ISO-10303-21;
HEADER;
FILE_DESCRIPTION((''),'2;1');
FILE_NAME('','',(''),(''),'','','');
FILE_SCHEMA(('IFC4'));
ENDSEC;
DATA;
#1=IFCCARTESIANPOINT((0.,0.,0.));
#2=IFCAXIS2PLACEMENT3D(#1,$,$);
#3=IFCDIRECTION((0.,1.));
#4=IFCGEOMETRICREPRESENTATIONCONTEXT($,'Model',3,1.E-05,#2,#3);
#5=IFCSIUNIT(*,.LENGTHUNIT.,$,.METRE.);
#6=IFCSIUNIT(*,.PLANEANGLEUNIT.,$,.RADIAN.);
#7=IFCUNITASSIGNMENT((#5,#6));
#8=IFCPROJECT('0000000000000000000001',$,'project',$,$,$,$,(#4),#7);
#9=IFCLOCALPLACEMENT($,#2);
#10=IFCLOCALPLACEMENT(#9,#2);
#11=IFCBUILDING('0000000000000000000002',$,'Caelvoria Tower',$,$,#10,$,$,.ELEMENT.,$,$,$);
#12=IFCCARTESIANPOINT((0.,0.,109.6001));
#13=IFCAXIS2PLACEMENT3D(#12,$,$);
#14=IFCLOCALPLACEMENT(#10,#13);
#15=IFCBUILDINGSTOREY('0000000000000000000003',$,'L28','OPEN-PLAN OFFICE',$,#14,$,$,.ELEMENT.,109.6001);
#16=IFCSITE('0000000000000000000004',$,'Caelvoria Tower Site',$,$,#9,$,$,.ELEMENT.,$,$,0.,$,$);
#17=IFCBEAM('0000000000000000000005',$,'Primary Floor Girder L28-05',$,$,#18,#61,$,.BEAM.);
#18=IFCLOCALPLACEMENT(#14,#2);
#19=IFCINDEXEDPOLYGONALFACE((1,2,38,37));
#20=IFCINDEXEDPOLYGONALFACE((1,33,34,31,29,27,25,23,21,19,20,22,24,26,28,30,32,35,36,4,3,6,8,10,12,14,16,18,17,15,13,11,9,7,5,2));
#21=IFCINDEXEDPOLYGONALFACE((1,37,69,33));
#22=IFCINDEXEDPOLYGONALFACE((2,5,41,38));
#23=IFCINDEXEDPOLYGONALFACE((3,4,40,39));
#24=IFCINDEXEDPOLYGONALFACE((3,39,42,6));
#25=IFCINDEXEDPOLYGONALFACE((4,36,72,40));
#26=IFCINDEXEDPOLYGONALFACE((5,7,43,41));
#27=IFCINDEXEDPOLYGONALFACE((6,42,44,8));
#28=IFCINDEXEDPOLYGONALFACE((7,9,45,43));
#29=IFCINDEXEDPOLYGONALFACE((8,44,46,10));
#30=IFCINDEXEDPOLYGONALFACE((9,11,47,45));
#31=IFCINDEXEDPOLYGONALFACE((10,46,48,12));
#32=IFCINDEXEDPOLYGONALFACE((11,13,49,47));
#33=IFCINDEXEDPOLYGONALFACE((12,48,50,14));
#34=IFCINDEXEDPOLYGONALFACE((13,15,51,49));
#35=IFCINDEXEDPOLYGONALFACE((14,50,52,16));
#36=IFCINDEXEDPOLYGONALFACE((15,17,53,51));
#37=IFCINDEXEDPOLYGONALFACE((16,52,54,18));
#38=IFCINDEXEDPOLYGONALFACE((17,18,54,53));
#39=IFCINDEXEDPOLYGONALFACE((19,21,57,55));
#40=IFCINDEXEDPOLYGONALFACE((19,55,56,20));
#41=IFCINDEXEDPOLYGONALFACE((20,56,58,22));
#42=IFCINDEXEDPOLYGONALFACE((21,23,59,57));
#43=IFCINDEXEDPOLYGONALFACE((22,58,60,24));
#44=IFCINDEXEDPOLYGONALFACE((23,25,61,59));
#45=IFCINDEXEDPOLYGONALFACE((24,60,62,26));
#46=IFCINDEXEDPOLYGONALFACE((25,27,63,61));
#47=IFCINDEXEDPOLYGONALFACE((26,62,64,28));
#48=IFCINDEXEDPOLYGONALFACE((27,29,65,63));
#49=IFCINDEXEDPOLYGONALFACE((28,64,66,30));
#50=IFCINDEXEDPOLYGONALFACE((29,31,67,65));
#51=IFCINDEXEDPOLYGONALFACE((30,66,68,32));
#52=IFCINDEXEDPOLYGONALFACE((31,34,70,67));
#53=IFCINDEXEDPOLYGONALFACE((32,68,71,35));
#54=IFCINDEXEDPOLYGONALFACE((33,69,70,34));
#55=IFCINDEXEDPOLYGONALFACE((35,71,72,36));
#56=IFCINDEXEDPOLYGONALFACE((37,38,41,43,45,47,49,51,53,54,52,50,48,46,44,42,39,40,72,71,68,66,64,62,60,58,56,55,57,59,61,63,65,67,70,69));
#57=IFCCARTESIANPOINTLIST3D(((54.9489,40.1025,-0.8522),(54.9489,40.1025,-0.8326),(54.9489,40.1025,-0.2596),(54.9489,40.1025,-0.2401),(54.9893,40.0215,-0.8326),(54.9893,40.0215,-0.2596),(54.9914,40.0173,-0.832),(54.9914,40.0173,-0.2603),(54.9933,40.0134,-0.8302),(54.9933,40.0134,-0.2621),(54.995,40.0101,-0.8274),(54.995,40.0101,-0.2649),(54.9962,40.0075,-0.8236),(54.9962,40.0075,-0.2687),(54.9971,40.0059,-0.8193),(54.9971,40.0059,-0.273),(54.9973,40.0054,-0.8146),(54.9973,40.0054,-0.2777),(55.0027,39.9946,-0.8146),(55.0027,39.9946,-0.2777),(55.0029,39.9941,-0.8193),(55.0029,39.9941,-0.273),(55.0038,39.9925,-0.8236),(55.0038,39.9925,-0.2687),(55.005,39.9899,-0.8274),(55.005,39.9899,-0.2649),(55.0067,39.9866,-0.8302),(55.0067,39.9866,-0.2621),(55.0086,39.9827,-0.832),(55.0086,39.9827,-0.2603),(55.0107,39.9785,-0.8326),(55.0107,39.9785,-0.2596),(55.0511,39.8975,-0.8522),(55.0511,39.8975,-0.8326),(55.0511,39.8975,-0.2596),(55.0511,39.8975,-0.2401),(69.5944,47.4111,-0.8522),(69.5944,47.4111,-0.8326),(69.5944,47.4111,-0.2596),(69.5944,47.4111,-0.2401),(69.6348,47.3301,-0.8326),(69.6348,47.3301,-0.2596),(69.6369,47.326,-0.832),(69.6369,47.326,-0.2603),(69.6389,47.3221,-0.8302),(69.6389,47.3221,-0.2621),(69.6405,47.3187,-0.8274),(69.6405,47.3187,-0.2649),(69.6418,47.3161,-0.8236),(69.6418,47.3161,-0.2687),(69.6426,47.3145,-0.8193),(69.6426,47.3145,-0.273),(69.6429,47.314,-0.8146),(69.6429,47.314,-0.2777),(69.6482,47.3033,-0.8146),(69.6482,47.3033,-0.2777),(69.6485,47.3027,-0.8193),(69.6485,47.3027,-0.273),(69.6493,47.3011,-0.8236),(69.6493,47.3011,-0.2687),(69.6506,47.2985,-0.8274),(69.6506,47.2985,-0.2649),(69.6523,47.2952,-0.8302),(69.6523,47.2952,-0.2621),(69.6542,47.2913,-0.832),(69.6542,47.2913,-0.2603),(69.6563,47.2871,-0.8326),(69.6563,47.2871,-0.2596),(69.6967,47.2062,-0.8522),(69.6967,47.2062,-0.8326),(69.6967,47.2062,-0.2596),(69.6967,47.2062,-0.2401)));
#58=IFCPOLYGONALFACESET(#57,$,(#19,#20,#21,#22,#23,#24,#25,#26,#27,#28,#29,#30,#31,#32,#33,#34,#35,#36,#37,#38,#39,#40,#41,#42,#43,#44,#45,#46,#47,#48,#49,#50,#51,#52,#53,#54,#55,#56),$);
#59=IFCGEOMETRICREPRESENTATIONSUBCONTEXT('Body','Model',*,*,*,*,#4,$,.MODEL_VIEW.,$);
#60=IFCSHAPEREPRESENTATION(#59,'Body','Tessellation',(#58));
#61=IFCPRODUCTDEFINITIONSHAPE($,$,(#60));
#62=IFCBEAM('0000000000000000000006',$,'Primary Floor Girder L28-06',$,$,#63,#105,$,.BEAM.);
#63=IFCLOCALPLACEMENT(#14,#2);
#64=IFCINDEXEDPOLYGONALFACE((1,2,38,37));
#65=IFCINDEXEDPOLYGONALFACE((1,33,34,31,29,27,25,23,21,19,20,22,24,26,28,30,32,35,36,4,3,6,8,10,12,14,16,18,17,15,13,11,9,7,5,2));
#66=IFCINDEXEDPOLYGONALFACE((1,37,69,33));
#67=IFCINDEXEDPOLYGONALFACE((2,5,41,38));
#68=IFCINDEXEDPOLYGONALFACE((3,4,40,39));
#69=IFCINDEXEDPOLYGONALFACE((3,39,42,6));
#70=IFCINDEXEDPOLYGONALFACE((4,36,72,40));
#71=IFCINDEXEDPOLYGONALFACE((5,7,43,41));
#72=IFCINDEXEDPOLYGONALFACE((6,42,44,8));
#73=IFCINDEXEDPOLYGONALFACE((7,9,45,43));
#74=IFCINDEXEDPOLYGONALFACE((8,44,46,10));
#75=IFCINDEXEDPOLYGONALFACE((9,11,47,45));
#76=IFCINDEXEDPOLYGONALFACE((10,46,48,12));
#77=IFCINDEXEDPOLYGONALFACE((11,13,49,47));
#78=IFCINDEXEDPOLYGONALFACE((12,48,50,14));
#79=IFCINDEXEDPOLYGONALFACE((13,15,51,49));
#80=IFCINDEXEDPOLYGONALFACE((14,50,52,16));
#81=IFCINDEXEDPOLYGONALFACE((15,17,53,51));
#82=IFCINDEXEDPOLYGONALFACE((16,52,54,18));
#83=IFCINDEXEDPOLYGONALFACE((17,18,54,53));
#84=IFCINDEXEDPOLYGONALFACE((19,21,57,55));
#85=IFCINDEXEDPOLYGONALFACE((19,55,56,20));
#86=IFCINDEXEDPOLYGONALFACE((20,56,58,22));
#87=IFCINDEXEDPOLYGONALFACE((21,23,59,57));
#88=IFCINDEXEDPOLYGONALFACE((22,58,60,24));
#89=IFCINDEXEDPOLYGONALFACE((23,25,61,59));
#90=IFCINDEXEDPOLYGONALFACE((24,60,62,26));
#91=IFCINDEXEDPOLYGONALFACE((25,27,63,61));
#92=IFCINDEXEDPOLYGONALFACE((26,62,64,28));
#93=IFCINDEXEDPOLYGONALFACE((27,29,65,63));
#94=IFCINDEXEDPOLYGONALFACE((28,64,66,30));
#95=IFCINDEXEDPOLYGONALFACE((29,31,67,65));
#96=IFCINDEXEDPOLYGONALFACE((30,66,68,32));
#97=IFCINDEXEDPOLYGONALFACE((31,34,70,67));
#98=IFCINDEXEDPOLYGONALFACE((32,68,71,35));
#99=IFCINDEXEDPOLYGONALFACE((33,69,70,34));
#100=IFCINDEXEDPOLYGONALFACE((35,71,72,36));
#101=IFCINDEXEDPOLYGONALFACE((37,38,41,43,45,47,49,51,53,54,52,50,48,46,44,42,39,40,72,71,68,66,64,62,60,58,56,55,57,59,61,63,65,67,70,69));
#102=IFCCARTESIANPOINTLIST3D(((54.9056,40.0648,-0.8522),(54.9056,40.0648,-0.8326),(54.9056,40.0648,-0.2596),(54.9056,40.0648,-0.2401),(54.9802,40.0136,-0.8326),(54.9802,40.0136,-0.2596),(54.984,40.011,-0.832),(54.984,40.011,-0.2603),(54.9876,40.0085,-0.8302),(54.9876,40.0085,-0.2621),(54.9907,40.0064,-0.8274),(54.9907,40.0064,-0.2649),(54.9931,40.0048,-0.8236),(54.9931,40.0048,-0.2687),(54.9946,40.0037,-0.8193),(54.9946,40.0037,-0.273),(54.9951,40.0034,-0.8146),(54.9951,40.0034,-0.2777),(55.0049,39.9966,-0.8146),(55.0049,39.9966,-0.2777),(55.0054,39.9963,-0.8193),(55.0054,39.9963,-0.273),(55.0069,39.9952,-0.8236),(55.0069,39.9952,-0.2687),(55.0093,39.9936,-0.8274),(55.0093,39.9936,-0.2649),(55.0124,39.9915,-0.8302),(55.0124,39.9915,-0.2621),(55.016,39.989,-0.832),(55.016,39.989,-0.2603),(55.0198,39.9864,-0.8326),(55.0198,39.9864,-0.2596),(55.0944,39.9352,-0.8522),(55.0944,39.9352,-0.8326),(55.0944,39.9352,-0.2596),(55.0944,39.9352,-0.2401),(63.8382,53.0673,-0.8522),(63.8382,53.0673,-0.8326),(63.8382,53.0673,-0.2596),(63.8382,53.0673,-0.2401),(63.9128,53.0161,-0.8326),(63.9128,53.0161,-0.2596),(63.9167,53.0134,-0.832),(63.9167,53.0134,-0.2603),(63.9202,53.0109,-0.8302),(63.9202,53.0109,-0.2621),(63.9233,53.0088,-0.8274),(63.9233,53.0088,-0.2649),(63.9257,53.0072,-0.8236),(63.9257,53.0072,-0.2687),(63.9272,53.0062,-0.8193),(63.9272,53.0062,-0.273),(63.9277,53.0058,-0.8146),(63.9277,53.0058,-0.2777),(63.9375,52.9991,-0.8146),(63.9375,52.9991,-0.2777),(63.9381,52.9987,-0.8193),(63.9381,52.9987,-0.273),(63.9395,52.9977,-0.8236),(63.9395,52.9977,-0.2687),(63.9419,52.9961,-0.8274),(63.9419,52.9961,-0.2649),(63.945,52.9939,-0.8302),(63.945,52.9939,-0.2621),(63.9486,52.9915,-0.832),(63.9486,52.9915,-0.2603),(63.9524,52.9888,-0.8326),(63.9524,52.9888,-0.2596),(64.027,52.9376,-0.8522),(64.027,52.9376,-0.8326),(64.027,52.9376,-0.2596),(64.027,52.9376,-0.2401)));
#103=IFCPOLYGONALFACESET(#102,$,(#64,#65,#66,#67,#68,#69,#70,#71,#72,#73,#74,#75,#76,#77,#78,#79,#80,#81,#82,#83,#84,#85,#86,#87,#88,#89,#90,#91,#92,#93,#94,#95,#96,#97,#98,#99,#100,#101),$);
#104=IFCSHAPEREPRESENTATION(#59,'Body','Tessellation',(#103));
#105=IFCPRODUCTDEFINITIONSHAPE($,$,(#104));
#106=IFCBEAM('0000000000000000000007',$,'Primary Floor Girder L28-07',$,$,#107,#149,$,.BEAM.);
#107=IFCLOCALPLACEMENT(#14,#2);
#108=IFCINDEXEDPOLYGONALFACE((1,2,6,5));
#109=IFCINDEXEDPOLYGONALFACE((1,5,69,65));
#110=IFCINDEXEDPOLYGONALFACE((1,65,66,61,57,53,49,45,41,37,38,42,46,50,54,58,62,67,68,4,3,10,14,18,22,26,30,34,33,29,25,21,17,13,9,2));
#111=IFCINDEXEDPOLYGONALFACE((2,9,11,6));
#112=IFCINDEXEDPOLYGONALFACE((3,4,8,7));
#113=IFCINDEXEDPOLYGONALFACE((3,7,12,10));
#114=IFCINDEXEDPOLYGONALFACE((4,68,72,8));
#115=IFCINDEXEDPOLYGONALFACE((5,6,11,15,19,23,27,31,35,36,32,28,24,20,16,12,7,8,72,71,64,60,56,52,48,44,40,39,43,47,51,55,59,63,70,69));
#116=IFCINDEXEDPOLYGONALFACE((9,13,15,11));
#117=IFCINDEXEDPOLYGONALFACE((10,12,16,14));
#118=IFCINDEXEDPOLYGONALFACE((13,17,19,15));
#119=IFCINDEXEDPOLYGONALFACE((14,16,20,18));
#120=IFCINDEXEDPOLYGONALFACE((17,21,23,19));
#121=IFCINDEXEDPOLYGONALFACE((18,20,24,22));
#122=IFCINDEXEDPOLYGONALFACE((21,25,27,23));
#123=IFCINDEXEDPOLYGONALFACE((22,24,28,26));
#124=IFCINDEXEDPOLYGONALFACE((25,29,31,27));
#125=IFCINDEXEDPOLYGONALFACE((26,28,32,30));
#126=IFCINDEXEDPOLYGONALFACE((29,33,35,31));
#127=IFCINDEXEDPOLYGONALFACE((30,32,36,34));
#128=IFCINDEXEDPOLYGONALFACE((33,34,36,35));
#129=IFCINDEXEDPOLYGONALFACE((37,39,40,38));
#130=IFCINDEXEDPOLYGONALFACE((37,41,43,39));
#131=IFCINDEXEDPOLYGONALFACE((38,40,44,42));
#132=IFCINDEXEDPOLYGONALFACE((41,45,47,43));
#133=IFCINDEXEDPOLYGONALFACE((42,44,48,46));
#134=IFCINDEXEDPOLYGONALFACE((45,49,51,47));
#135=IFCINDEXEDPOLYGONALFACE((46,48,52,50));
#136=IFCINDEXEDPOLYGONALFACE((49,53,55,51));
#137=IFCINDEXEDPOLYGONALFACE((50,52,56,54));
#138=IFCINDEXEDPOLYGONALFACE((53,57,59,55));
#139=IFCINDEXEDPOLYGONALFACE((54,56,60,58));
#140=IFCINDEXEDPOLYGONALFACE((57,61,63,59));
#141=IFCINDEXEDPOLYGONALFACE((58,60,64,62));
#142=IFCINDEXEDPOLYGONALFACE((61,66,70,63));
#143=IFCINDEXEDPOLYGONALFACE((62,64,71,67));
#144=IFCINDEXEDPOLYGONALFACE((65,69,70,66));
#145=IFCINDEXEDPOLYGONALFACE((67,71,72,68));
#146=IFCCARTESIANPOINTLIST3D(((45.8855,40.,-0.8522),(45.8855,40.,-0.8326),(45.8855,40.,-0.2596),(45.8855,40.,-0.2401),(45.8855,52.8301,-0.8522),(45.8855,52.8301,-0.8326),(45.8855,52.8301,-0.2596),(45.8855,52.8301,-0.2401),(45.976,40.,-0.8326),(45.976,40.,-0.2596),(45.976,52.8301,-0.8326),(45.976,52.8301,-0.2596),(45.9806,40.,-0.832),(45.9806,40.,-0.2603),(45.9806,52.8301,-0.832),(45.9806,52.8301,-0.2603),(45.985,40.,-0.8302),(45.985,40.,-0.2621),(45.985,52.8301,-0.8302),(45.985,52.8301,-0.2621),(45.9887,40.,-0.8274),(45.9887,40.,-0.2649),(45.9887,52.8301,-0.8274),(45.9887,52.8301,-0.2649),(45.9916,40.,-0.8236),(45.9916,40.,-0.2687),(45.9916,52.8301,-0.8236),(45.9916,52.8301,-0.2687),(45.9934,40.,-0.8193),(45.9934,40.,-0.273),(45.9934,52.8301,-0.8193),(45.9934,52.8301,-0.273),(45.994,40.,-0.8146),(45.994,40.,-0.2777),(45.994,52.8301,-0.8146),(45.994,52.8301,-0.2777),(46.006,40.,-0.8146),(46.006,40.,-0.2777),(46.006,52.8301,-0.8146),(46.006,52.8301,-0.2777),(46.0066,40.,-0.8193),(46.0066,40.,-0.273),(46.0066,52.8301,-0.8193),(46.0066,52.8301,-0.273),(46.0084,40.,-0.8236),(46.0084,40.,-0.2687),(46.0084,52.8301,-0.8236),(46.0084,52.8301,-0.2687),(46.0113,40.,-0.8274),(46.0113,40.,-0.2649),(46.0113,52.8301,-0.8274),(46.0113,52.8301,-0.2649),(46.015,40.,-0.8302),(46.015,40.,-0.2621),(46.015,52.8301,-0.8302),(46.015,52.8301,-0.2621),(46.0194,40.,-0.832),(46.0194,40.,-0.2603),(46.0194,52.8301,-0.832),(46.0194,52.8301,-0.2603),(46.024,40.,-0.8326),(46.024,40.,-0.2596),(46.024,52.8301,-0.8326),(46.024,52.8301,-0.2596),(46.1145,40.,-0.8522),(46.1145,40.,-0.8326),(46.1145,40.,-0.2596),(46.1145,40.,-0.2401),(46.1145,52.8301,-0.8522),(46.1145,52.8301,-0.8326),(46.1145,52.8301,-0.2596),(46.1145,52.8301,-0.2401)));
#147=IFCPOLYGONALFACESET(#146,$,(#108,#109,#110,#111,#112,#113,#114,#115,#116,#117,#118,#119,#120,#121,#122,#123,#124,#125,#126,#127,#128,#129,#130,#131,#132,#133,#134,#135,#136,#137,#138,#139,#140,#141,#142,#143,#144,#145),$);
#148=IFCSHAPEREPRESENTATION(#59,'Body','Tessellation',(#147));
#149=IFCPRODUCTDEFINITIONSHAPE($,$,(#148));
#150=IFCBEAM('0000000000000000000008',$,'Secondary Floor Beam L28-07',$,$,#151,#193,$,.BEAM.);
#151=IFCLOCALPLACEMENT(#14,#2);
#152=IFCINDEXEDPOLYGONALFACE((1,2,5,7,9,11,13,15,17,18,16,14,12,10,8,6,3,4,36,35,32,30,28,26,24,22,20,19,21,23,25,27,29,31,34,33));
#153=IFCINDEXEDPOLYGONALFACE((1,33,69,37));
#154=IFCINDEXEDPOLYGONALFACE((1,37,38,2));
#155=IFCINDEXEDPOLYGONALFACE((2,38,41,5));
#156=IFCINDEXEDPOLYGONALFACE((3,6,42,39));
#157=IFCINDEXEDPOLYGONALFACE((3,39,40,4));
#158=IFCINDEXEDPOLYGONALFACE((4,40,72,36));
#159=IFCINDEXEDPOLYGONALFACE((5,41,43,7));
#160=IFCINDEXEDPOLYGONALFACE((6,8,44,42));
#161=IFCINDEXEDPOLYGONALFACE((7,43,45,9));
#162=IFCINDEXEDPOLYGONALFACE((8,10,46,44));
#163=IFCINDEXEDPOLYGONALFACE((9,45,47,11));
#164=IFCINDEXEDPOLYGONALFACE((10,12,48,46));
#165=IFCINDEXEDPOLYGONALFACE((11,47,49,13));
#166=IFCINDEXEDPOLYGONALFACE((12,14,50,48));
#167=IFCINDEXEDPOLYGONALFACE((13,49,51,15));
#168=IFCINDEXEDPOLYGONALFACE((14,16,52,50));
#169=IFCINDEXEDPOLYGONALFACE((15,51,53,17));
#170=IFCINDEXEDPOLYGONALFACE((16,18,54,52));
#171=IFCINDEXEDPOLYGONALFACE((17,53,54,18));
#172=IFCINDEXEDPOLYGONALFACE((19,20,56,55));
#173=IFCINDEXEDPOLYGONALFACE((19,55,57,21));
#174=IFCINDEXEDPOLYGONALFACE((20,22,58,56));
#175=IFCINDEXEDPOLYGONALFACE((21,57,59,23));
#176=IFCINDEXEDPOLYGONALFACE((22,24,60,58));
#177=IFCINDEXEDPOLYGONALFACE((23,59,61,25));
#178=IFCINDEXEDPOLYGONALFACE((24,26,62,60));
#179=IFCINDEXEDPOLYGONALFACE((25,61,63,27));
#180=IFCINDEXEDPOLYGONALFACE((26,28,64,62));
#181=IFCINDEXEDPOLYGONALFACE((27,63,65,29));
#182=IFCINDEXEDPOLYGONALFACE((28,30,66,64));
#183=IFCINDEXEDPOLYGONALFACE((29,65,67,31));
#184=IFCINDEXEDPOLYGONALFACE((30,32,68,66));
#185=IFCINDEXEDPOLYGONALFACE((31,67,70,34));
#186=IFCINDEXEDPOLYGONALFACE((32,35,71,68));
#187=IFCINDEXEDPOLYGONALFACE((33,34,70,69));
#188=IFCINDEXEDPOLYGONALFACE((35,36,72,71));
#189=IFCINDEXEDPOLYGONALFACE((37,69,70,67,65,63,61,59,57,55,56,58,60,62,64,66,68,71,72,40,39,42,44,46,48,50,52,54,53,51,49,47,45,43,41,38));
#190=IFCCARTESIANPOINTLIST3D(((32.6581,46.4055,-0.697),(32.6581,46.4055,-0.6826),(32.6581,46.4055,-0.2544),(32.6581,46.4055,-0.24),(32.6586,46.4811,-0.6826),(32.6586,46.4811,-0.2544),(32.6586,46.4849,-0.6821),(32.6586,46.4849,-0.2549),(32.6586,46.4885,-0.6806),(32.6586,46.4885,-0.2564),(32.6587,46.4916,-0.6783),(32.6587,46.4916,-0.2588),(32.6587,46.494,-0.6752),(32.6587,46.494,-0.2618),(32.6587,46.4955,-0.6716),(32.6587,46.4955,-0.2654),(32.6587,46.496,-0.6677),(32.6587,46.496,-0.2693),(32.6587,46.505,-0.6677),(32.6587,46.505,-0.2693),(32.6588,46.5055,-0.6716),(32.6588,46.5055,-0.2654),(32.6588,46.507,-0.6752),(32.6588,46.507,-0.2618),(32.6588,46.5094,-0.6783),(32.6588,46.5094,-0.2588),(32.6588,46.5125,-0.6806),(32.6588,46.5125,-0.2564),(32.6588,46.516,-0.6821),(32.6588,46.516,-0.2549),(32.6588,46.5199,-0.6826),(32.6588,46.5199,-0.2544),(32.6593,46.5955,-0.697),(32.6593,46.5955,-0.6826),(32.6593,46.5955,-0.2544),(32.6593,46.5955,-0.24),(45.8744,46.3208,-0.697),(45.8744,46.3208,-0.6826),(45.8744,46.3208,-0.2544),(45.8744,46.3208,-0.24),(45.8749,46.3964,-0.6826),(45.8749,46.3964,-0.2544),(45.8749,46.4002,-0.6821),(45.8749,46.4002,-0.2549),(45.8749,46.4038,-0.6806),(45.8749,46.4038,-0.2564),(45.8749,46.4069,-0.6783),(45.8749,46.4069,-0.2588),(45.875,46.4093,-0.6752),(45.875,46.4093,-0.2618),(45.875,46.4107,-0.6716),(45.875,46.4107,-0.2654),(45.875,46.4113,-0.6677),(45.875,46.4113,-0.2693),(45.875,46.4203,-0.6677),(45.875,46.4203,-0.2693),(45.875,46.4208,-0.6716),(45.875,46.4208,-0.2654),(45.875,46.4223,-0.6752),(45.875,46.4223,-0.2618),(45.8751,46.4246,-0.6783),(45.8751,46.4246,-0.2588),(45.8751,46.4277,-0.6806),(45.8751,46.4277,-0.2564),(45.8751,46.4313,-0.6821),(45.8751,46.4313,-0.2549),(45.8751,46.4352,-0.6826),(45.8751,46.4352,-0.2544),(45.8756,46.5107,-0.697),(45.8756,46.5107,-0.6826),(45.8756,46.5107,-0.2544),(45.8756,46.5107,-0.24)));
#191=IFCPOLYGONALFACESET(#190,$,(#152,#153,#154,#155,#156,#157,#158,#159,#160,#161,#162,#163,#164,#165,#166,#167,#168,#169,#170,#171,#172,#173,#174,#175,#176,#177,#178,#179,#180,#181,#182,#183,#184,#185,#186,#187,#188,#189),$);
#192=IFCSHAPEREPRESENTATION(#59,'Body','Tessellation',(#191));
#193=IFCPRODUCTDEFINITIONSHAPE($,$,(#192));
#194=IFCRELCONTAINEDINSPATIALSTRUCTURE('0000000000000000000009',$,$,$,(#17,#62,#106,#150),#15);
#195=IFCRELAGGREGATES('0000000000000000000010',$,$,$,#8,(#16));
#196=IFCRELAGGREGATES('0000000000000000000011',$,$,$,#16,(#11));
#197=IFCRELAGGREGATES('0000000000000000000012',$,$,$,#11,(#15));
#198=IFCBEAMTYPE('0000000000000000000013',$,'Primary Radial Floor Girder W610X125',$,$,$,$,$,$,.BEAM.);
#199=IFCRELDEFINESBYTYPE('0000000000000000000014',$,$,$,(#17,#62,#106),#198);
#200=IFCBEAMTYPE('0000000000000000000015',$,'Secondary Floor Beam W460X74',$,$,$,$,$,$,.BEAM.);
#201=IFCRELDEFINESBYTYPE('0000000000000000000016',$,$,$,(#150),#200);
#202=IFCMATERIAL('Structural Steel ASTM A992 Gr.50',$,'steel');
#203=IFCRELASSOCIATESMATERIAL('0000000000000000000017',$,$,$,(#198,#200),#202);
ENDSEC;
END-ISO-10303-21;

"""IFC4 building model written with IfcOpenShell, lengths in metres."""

from ifc_helpers import new_model, si_unit, direction, frame, origin, origin_2d, place, context, subcontext, project, spatial, i_section, extrude, material, material_profile, profile_set, type_object, element, save


model = new_model("IFC4")

# Units and contexts
model_context = context("Model", 3, precision=1e-05, world=origin(), true_north=direction((0.0, 1.0)))
body_context = subcontext(model_context, "Body", "Model", "MODEL_VIEW")
ifc_project = project(units=[si_unit("LENGTHUNIT", "METRE"), si_unit("PLANEANGLEUNIT", "RADIAN")], contexts=[model_context])

# Site, building, storey
site_placement = place(None, origin())
site = spatial("IfcSite", under=ifc_project, at=site_placement, Name="Caelvoria Tower Site", CompositionType="ELEMENT", RefElevation=0.0)
building_placement = place(site_placement, origin())
building = spatial("IfcBuilding", under=site, at=building_placement, Name="Caelvoria Tower", CompositionType="ELEMENT")
storey_placement = place(building_placement, frame((0.0, 0.0, 109.6001)))
storey = spatial("IfcBuildingStorey", under=building, at=storey_placement, Name="L28", Description="OPEN-PLAN OFFICE", CompositionType="ELEMENT", Elevation=109.6001)

# Beams
ifc_material_1 = material(Name="Structural Steel ASTM A992 Gr.50", Category="steel")
ifc_material_profile_1 = material_profile(ifc_material_1, i_section(OverallWidth=0.229, OverallDepth=0.6121, WebThickness=0.012, FlangeThickness=0.0195, FilletRadius=0.0181, at=origin_2d()), Name="Structural Steel ASTM A992 Gr.50")
ifc_profile_set_1 = profile_set([ifc_material_profile_1], Name="W610X125 - Structural Steel ASTM A992 Gr.50")
beam_type_1 = type_object("IfcBeamType", Name="Primary Radial Floor Girder W610X125", PredefinedType="BEAM", material=ifc_profile_set_1)
beam_1_placement = place(storey_placement, frame((55.0, 40.0, -0.5461), z_axis=(0.894773, 0.446521, 0.0), x_axis=(-0.446521, 0.894773, 0.0)))
element("IfcBeam", 1, at=beam_1_placement, inside=storey, type_object=beam_type_1, Name="Primary Floor Girder L28-05", PredefinedType="BEAM", context=body_context, shape_type="SweptSolid", body=[
    extrude(i_section(OverallWidth=0.229, OverallDepth=0.6121, WebThickness=0.012, FlangeThickness=0.0195, FilletRadius=0.0181, at=origin_2d()), origin(), (0.0, 0.0, 1.0), 16.3679),
])
beam_2_placement = place(storey_placement, frame((55.0, 40.0, -0.5461), z_axis=(0.566246, 0.824236, 0.0), x_axis=(-0.824236, 0.566246, 0.0)))
element("IfcBeam", 2, at=beam_2_placement, inside=storey, type_object=beam_type_1, Name="Primary Floor Girder L28-06", PredefinedType="BEAM", context=body_context, shape_type="SweptSolid", body=[
    extrude(i_section(OverallWidth=0.229, OverallDepth=0.6121, WebThickness=0.012, FlangeThickness=0.0195, FilletRadius=0.0181, at=origin_2d()), origin(), (0.0, 0.0, 1.0), 15.7751),
])
beam_3_placement = place(storey_placement, frame((46.0, 40.0, -0.5461), z_axis=(0.0, 1.0, 0.0), x_axis=(-1.0, 0.0, 0.0)))
element("IfcBeam", 3, at=beam_3_placement, inside=storey, type_object=beam_type_1, Name="Primary Floor Girder L28-07", PredefinedType="BEAM", context=body_context, shape_type="SweptSolid", body=[
    extrude(i_section(OverallWidth=0.229, OverallDepth=0.6121, WebThickness=0.012, FlangeThickness=0.0195, FilletRadius=0.0181, at=origin_2d()), origin(), (0.0, 0.0, 1.0), 12.8301),
])
ifc_material_profile_2 = material_profile(ifc_material_1, i_section(OverallWidth=0.1899, OverallDepth=0.457, WebThickness=0.009, FlangeThickness=0.0144, FilletRadius=0.0149, at=origin_2d()), Name="Structural Steel ASTM A992 Gr.50")
ifc_profile_set_2 = profile_set([ifc_material_profile_2], Name="W460X74 - Structural Steel ASTM A992 Gr.50")
beam_type_2 = type_object("IfcBeamType", Name="Secondary Floor Beam W460X74", PredefinedType="BEAM", material=ifc_profile_set_2)
beam_4_placement = place(storey_placement, frame((45.875, 46.4158, -0.4685), z_axis=(-0.999979, 0.00641, 0.0), x_axis=(-0.00641, -0.999979, 0.0)))
element("IfcBeam", 4, at=beam_4_placement, inside=storey, type_object=beam_type_2, Name="Secondary Floor Beam L28-07", PredefinedType="BEAM", context=body_context, shape_type="SweptSolid", body=[
    extrude(i_section(OverallWidth=0.1899, OverallDepth=0.457, WebThickness=0.009, FlangeThickness=0.0144, FilletRadius=0.0149, at=origin_2d()), origin(), (0.0, 0.0, 1.0), 13.2166),
])

save(model, "model.ifc")
